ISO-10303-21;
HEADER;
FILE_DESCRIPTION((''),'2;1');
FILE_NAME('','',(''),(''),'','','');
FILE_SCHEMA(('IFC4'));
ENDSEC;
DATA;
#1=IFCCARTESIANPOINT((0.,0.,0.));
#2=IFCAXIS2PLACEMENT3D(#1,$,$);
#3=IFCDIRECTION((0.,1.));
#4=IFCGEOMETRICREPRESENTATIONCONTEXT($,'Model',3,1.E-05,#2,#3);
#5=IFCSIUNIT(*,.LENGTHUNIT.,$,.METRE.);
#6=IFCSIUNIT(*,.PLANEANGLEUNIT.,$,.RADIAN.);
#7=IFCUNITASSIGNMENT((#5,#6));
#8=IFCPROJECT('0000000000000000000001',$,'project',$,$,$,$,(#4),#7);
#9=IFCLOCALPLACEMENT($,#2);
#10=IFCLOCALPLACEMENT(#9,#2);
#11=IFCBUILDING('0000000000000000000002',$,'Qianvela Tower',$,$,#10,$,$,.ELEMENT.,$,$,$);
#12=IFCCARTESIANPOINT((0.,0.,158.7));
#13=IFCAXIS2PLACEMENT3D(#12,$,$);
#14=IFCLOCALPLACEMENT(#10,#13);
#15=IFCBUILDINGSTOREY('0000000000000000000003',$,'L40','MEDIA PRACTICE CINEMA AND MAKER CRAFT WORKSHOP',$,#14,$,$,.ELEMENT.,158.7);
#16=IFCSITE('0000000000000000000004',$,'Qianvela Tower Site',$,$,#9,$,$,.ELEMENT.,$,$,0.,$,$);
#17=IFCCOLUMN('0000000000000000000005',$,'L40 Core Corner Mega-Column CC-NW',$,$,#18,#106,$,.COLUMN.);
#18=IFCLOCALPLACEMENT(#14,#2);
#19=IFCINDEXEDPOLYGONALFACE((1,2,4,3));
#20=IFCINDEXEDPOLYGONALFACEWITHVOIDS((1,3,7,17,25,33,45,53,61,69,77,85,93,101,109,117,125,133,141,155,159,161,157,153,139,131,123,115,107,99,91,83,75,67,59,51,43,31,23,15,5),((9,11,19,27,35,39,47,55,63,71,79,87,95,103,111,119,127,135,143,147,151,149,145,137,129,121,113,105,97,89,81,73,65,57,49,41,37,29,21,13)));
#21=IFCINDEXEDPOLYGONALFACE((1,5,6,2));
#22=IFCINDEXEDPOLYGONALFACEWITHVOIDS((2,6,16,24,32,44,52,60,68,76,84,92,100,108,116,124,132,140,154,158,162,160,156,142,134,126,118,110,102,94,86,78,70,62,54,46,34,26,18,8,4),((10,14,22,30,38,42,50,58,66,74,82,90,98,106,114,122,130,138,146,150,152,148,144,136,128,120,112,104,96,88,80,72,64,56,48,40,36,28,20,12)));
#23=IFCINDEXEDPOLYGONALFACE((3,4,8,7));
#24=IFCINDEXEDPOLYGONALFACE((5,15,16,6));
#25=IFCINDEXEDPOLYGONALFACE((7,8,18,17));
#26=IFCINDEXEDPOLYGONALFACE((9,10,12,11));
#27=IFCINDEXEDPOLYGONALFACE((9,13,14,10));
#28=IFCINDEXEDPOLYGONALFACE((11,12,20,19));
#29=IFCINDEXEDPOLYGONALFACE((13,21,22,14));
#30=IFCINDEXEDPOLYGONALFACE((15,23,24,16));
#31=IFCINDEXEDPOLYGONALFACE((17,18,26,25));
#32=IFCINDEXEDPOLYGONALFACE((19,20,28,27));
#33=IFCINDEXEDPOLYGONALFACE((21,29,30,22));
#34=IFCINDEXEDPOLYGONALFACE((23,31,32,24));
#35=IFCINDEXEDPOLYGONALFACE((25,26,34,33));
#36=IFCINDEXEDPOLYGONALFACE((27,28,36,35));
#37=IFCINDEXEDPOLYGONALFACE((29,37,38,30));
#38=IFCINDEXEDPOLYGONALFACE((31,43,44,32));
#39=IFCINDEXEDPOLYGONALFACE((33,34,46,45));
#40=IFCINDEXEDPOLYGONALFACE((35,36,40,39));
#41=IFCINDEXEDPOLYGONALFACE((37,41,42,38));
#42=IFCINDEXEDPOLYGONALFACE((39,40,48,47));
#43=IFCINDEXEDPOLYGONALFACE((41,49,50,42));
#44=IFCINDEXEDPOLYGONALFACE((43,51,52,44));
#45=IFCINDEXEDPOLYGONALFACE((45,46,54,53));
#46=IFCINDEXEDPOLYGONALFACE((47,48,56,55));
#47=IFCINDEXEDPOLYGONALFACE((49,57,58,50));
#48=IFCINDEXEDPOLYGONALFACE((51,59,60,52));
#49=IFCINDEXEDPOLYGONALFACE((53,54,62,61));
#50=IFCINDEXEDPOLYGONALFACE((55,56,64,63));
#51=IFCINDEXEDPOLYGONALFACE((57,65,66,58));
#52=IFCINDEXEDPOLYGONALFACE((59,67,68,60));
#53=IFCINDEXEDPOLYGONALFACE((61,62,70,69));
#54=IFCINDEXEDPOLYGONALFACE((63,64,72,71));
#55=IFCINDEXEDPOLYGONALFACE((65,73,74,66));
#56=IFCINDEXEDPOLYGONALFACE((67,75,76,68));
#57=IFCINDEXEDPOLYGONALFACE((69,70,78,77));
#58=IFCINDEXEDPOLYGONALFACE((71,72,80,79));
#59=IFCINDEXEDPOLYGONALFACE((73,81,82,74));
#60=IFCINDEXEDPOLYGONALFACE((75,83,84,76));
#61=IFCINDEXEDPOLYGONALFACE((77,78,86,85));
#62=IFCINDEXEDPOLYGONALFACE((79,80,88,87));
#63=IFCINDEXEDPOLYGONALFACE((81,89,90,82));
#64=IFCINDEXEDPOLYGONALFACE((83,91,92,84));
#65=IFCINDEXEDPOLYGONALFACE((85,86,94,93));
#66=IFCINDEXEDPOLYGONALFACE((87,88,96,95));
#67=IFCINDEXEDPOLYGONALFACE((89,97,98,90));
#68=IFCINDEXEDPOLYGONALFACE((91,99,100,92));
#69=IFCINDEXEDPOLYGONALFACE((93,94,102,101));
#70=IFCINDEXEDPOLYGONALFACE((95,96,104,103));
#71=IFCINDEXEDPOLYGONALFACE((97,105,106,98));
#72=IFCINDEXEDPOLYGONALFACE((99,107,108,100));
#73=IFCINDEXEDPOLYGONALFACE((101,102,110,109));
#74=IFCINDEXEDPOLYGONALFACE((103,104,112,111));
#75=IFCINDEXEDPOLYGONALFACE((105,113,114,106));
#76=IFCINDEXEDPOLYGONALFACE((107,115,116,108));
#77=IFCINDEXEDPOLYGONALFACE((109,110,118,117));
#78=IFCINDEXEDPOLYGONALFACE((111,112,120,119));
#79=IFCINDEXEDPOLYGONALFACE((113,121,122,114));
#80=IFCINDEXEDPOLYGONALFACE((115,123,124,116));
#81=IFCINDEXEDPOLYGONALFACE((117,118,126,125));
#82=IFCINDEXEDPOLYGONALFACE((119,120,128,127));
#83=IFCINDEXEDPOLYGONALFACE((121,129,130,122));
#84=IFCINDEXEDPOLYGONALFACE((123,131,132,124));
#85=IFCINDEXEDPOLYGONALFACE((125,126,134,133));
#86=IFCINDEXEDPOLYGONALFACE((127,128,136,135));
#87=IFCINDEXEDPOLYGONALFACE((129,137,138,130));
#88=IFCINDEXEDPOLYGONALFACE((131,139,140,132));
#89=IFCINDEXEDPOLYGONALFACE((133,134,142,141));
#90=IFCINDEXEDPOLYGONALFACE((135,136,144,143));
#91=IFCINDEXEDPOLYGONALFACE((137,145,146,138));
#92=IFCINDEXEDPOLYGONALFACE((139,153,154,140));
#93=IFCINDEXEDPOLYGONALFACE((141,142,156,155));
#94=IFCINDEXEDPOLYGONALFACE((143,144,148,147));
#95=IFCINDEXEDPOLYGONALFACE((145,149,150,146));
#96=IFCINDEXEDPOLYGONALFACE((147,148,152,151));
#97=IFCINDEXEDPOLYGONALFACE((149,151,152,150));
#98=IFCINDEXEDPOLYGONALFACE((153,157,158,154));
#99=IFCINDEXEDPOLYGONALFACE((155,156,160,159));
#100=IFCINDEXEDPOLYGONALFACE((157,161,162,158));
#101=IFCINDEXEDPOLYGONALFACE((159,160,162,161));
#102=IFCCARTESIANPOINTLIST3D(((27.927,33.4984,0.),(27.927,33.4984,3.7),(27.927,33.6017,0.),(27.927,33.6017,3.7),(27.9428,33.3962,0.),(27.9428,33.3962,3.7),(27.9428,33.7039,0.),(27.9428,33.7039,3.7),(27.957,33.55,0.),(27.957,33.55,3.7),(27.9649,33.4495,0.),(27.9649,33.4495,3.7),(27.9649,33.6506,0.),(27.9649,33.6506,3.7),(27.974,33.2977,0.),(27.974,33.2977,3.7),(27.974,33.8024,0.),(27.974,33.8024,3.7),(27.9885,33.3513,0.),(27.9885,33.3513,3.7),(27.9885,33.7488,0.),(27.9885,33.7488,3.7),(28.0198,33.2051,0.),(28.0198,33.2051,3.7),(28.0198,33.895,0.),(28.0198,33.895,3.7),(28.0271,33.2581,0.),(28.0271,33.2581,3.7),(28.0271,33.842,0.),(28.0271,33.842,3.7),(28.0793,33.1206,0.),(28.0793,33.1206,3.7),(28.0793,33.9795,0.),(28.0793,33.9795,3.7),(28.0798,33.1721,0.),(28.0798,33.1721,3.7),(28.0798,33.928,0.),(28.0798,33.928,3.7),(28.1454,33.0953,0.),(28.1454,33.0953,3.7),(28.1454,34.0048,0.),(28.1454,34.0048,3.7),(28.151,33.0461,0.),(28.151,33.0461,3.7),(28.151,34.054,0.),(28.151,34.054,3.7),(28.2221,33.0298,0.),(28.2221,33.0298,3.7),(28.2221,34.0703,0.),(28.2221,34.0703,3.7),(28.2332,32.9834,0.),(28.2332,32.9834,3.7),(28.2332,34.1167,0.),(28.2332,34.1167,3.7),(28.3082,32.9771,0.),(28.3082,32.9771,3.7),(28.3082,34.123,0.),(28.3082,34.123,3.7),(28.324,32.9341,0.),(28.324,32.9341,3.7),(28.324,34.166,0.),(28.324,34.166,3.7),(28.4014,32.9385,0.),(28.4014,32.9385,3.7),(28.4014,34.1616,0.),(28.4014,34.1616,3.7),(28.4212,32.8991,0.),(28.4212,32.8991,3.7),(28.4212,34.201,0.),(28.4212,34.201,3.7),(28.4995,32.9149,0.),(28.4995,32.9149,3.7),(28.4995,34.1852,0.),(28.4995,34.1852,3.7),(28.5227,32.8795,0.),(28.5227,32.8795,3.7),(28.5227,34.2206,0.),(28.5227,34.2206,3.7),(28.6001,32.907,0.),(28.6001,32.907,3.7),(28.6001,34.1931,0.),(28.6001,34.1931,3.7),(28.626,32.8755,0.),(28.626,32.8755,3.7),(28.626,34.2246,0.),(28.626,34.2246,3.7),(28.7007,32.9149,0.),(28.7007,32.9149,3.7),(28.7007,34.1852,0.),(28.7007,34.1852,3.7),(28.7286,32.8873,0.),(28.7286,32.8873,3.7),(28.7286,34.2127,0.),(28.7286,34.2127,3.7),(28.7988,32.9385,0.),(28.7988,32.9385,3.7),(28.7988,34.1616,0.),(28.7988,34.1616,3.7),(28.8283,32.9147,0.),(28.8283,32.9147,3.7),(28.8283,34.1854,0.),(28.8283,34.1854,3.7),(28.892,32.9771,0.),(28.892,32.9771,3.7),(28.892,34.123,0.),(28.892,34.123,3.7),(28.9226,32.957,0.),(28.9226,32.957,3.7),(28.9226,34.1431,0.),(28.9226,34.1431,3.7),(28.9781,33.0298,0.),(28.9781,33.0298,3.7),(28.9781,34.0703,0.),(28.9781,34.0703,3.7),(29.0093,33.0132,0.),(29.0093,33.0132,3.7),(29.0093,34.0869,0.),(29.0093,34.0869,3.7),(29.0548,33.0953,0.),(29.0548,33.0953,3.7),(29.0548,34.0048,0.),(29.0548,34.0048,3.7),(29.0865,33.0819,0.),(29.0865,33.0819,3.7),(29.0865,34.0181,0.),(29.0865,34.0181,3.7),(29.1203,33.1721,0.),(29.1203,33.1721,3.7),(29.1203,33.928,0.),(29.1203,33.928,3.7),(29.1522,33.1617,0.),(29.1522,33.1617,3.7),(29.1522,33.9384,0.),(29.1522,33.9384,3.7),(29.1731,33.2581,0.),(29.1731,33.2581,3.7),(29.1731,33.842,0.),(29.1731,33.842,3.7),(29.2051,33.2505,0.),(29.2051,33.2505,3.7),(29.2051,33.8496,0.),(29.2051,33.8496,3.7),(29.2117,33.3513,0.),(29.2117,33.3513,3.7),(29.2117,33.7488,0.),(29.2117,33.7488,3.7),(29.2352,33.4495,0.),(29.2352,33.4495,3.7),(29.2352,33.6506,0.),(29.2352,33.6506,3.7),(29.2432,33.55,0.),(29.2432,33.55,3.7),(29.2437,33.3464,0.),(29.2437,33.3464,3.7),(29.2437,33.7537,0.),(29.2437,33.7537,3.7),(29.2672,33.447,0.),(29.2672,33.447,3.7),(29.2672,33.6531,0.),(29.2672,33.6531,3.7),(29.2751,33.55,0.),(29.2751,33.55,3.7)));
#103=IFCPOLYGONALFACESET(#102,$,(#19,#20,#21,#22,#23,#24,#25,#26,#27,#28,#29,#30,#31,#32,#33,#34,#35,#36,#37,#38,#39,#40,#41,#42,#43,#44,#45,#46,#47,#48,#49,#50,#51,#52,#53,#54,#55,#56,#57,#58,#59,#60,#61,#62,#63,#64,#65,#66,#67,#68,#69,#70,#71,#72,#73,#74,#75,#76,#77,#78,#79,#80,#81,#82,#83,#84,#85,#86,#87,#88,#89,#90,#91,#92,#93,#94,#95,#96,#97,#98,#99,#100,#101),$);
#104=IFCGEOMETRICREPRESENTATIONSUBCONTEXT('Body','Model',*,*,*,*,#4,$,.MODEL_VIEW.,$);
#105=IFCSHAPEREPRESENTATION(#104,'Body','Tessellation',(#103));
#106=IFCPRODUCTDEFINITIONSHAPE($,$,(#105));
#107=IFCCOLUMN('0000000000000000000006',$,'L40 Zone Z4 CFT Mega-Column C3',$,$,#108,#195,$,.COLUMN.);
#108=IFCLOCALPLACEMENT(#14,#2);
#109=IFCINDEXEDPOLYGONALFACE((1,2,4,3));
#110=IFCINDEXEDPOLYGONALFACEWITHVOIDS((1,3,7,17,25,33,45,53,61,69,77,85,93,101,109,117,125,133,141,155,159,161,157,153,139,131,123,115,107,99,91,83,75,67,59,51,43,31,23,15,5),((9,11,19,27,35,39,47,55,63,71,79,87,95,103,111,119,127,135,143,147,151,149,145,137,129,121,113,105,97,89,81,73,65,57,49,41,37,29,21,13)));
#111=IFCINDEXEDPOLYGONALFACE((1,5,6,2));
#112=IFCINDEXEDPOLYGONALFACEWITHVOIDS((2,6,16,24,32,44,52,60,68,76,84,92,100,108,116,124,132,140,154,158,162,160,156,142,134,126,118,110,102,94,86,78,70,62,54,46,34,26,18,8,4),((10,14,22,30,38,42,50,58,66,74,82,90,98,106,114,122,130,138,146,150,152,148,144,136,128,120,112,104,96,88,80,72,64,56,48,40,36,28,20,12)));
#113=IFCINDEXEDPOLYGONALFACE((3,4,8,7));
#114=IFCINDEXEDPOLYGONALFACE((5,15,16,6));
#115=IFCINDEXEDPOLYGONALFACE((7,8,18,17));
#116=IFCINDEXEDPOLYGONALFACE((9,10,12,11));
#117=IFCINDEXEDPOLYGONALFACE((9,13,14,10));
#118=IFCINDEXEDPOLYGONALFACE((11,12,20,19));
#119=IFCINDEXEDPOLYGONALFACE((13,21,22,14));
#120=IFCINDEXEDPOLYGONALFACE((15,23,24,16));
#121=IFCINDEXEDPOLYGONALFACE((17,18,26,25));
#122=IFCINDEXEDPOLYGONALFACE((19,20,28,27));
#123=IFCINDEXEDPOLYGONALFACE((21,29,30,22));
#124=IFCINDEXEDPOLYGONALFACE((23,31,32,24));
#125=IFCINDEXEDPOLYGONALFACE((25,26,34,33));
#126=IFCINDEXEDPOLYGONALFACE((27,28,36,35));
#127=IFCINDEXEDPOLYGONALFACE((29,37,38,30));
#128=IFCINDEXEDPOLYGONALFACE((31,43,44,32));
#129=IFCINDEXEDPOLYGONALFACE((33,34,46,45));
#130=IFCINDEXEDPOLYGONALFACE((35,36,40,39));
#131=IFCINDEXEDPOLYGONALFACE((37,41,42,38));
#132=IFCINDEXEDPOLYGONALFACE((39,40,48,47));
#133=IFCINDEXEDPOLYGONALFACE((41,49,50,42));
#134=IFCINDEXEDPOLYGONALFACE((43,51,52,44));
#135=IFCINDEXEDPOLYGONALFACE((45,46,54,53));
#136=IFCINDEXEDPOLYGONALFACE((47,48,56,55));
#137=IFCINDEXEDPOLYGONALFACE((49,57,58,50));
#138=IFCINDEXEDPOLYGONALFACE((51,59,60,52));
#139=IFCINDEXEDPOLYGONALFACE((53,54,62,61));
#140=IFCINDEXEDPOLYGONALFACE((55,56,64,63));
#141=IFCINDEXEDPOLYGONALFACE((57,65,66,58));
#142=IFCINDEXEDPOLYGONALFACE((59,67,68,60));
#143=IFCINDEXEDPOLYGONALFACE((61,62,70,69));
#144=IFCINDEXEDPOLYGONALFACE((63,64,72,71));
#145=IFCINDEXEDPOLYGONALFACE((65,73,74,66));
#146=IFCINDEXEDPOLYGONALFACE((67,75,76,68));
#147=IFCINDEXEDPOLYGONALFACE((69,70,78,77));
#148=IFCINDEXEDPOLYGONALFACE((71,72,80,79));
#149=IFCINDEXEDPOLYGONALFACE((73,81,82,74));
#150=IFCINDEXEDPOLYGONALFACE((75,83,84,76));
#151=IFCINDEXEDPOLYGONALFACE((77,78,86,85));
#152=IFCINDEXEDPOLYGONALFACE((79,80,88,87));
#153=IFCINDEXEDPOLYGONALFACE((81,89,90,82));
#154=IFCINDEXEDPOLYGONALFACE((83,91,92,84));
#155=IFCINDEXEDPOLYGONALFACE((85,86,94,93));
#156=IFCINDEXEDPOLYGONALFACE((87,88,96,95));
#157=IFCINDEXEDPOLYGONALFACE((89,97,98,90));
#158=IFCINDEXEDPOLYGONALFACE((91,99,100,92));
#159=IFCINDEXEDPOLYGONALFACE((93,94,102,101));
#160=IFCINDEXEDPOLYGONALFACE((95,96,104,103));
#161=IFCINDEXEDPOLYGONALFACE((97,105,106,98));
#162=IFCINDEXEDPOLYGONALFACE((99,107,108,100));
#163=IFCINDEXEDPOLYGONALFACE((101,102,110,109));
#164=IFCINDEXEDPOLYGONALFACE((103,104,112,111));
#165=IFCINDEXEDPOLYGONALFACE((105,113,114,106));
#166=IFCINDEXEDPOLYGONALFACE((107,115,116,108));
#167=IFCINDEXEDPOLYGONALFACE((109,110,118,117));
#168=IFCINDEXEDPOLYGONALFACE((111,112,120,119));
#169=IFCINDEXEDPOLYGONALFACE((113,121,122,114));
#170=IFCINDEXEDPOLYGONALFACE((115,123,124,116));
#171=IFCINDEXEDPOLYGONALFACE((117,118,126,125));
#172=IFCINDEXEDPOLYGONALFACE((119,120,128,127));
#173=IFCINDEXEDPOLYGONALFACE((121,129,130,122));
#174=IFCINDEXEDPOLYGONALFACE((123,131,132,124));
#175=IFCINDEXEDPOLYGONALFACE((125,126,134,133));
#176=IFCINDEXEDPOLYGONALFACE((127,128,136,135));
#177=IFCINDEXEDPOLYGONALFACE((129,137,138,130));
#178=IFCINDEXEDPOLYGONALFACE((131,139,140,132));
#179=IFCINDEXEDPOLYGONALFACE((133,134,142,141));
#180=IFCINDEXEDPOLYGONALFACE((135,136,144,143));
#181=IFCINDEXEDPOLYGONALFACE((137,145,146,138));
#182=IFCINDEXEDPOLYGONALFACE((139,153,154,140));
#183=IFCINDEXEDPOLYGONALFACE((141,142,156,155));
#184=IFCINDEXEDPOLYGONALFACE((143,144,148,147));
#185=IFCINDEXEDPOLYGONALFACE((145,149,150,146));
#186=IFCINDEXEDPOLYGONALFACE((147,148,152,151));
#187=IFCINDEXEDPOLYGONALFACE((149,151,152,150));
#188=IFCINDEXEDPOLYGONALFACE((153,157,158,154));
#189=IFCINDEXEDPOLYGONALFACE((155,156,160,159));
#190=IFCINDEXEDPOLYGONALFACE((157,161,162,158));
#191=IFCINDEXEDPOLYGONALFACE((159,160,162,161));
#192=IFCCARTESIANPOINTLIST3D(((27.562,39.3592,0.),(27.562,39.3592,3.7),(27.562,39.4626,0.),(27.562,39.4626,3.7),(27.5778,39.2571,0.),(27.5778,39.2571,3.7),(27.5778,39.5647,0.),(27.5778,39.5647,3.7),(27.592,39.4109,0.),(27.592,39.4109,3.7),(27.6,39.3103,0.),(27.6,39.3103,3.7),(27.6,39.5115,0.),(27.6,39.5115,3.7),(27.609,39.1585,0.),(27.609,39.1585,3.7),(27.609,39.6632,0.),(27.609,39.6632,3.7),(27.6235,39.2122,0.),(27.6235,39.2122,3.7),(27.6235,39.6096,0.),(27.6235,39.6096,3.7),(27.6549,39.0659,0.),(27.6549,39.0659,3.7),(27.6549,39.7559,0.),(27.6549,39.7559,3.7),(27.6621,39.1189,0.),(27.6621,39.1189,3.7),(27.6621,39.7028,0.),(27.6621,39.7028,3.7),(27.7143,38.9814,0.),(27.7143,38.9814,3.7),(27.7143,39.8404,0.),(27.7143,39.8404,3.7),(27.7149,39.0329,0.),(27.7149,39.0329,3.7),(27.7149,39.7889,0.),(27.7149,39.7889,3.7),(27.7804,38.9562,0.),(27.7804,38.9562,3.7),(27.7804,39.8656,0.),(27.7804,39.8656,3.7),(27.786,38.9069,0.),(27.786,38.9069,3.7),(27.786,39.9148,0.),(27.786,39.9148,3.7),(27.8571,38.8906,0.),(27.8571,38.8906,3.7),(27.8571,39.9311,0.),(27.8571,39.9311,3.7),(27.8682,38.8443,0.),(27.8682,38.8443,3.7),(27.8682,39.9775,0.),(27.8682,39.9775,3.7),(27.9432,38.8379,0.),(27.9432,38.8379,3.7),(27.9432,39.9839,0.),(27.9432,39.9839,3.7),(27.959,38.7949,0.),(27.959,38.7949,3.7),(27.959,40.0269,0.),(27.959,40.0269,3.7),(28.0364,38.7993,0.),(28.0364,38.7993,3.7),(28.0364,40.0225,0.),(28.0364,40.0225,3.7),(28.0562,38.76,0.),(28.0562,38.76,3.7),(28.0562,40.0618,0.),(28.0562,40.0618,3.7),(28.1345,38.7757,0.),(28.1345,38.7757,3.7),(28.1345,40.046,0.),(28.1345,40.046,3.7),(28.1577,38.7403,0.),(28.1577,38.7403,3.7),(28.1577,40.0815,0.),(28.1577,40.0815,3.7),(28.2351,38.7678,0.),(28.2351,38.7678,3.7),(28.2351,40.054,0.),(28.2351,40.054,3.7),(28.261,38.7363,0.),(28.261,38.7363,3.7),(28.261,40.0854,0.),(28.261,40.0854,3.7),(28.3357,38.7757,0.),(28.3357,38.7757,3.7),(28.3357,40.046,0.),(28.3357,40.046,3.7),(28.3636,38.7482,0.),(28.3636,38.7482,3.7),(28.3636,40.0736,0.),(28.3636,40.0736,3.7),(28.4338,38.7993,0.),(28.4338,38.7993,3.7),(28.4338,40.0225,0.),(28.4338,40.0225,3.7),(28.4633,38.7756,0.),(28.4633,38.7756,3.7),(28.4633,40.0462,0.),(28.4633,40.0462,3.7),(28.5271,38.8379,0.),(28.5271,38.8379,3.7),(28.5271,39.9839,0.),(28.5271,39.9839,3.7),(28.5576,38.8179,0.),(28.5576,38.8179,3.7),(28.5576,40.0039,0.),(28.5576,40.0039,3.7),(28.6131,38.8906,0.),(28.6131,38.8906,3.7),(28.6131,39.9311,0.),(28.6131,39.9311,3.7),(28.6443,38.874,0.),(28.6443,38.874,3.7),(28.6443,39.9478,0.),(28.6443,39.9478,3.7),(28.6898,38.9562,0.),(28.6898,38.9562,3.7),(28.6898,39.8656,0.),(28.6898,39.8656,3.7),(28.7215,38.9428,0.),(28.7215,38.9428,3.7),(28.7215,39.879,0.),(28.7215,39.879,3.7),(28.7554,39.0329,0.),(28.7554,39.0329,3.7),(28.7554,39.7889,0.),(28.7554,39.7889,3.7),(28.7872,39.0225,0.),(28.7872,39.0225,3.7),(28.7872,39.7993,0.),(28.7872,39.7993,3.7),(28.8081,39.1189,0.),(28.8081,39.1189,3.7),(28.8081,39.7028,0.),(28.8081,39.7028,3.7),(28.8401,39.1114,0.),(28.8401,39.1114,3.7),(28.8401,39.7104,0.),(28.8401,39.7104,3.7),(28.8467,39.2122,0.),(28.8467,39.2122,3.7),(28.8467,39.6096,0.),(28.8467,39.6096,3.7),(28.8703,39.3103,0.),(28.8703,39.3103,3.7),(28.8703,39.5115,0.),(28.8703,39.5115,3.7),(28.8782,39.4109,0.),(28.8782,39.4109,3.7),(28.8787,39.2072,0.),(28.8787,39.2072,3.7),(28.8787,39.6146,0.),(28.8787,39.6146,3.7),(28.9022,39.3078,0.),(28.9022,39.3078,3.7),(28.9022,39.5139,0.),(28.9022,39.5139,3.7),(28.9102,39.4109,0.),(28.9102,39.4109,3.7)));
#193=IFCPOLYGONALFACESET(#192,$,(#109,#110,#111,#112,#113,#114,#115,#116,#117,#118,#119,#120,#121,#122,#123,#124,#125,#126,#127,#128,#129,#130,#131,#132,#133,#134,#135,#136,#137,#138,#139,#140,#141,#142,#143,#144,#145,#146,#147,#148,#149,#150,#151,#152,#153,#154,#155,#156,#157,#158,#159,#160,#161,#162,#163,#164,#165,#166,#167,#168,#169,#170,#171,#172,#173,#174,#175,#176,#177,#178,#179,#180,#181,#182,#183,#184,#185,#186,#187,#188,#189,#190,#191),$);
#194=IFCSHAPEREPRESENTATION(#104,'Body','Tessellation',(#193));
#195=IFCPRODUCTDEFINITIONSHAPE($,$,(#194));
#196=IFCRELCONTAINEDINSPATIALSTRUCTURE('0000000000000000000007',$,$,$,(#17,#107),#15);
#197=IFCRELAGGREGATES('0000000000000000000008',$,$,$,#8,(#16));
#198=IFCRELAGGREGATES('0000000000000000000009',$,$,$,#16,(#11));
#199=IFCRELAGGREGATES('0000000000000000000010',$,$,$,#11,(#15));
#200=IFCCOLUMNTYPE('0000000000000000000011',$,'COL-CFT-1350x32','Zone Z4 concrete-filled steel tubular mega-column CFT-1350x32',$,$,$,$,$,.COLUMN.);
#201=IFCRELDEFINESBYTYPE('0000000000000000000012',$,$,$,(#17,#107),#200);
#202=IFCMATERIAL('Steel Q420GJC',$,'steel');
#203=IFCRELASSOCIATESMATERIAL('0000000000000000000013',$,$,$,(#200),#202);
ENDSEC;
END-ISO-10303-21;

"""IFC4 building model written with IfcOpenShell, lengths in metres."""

from ifc_helpers import new_model, si_unit, direction, frame, origin, origin_2d, place, context, subcontext, project, spatial, hollow_circle, extrude, material, material_profile, profile_set, type_object, element, save


model = new_model("IFC4")

# Units and contexts
model_context = context("Model", 3, precision=1e-05, world=origin(), true_north=direction((0.0, 1.0)))
body_context = subcontext(model_context, "Body", "Model", "MODEL_VIEW")
ifc_project = project(units=[si_unit("LENGTHUNIT", "METRE"), si_unit("PLANEANGLEUNIT", "RADIAN")], contexts=[model_context])

# Site, building, storey
site_placement = place(None, origin())
site = spatial("IfcSite", under=ifc_project, at=site_placement, Name="Qianvela Tower Site", CompositionType="ELEMENT", RefElevation=0.0)
building_placement = place(site_placement, origin())
building = spatial("IfcBuilding", under=site, at=building_placement, Name="Qianvela Tower", CompositionType="ELEMENT")
storey_placement = place(building_placement, frame((0.0, 0.0, 158.7)))
storey = spatial("IfcBuildingStorey", under=building, at=storey_placement, Name="L40", Description="MEDIA PRACTICE CINEMA AND MAKER CRAFT WORKSHOP", CompositionType="ELEMENT", Elevation=158.7)

# Columns
ifc_material_1 = material(Name="Steel Q420GJC", Category="steel")
ifc_material_profile_1 = material_profile(ifc_material_1, hollow_circle(Radius=0.675, WallThickness=0.032, at=origin_2d()), Name="CFT-1350x32")
ifc_profile_set_1 = profile_set([ifc_material_profile_1], Name="Steel Q420GJC")
column_type = type_object("IfcColumnType", Name="COL-CFT-1350x32", Description="Zone Z4 concrete-filled steel tubular mega-column CFT-1350x32", PredefinedType="COLUMN", material=ifc_profile_set_1)
for number, where, z_axis, x_axis, name in (
    (1, (28.6001, 33.55, 0.0), (0.0, 0.0, 1.0), (1.0, 0.0, 0.0), "L40 Core Corner Mega-Column CC-NW"),
    (2, (28.2351, 39.4109, 0.0), (0.0, 0.0, 1.0), (1.0, 0.0, 0.0), "L40 Zone Z4 CFT Mega-Column C3"),
):
    element("IfcColumn", number, at=place(storey_placement, frame(where, z_axis=z_axis, x_axis=x_axis)), inside=storey, type_object=column_type, Name=name, PredefinedType="COLUMN", context=body_context, shape_type="SweptSolid", body=[
        extrude(hollow_circle(Radius=0.675, WallThickness=0.032, at=origin_2d()), origin(), (0.0, 0.0, 1.0), 3.7),
    ])

save(model, "model.ifc")
